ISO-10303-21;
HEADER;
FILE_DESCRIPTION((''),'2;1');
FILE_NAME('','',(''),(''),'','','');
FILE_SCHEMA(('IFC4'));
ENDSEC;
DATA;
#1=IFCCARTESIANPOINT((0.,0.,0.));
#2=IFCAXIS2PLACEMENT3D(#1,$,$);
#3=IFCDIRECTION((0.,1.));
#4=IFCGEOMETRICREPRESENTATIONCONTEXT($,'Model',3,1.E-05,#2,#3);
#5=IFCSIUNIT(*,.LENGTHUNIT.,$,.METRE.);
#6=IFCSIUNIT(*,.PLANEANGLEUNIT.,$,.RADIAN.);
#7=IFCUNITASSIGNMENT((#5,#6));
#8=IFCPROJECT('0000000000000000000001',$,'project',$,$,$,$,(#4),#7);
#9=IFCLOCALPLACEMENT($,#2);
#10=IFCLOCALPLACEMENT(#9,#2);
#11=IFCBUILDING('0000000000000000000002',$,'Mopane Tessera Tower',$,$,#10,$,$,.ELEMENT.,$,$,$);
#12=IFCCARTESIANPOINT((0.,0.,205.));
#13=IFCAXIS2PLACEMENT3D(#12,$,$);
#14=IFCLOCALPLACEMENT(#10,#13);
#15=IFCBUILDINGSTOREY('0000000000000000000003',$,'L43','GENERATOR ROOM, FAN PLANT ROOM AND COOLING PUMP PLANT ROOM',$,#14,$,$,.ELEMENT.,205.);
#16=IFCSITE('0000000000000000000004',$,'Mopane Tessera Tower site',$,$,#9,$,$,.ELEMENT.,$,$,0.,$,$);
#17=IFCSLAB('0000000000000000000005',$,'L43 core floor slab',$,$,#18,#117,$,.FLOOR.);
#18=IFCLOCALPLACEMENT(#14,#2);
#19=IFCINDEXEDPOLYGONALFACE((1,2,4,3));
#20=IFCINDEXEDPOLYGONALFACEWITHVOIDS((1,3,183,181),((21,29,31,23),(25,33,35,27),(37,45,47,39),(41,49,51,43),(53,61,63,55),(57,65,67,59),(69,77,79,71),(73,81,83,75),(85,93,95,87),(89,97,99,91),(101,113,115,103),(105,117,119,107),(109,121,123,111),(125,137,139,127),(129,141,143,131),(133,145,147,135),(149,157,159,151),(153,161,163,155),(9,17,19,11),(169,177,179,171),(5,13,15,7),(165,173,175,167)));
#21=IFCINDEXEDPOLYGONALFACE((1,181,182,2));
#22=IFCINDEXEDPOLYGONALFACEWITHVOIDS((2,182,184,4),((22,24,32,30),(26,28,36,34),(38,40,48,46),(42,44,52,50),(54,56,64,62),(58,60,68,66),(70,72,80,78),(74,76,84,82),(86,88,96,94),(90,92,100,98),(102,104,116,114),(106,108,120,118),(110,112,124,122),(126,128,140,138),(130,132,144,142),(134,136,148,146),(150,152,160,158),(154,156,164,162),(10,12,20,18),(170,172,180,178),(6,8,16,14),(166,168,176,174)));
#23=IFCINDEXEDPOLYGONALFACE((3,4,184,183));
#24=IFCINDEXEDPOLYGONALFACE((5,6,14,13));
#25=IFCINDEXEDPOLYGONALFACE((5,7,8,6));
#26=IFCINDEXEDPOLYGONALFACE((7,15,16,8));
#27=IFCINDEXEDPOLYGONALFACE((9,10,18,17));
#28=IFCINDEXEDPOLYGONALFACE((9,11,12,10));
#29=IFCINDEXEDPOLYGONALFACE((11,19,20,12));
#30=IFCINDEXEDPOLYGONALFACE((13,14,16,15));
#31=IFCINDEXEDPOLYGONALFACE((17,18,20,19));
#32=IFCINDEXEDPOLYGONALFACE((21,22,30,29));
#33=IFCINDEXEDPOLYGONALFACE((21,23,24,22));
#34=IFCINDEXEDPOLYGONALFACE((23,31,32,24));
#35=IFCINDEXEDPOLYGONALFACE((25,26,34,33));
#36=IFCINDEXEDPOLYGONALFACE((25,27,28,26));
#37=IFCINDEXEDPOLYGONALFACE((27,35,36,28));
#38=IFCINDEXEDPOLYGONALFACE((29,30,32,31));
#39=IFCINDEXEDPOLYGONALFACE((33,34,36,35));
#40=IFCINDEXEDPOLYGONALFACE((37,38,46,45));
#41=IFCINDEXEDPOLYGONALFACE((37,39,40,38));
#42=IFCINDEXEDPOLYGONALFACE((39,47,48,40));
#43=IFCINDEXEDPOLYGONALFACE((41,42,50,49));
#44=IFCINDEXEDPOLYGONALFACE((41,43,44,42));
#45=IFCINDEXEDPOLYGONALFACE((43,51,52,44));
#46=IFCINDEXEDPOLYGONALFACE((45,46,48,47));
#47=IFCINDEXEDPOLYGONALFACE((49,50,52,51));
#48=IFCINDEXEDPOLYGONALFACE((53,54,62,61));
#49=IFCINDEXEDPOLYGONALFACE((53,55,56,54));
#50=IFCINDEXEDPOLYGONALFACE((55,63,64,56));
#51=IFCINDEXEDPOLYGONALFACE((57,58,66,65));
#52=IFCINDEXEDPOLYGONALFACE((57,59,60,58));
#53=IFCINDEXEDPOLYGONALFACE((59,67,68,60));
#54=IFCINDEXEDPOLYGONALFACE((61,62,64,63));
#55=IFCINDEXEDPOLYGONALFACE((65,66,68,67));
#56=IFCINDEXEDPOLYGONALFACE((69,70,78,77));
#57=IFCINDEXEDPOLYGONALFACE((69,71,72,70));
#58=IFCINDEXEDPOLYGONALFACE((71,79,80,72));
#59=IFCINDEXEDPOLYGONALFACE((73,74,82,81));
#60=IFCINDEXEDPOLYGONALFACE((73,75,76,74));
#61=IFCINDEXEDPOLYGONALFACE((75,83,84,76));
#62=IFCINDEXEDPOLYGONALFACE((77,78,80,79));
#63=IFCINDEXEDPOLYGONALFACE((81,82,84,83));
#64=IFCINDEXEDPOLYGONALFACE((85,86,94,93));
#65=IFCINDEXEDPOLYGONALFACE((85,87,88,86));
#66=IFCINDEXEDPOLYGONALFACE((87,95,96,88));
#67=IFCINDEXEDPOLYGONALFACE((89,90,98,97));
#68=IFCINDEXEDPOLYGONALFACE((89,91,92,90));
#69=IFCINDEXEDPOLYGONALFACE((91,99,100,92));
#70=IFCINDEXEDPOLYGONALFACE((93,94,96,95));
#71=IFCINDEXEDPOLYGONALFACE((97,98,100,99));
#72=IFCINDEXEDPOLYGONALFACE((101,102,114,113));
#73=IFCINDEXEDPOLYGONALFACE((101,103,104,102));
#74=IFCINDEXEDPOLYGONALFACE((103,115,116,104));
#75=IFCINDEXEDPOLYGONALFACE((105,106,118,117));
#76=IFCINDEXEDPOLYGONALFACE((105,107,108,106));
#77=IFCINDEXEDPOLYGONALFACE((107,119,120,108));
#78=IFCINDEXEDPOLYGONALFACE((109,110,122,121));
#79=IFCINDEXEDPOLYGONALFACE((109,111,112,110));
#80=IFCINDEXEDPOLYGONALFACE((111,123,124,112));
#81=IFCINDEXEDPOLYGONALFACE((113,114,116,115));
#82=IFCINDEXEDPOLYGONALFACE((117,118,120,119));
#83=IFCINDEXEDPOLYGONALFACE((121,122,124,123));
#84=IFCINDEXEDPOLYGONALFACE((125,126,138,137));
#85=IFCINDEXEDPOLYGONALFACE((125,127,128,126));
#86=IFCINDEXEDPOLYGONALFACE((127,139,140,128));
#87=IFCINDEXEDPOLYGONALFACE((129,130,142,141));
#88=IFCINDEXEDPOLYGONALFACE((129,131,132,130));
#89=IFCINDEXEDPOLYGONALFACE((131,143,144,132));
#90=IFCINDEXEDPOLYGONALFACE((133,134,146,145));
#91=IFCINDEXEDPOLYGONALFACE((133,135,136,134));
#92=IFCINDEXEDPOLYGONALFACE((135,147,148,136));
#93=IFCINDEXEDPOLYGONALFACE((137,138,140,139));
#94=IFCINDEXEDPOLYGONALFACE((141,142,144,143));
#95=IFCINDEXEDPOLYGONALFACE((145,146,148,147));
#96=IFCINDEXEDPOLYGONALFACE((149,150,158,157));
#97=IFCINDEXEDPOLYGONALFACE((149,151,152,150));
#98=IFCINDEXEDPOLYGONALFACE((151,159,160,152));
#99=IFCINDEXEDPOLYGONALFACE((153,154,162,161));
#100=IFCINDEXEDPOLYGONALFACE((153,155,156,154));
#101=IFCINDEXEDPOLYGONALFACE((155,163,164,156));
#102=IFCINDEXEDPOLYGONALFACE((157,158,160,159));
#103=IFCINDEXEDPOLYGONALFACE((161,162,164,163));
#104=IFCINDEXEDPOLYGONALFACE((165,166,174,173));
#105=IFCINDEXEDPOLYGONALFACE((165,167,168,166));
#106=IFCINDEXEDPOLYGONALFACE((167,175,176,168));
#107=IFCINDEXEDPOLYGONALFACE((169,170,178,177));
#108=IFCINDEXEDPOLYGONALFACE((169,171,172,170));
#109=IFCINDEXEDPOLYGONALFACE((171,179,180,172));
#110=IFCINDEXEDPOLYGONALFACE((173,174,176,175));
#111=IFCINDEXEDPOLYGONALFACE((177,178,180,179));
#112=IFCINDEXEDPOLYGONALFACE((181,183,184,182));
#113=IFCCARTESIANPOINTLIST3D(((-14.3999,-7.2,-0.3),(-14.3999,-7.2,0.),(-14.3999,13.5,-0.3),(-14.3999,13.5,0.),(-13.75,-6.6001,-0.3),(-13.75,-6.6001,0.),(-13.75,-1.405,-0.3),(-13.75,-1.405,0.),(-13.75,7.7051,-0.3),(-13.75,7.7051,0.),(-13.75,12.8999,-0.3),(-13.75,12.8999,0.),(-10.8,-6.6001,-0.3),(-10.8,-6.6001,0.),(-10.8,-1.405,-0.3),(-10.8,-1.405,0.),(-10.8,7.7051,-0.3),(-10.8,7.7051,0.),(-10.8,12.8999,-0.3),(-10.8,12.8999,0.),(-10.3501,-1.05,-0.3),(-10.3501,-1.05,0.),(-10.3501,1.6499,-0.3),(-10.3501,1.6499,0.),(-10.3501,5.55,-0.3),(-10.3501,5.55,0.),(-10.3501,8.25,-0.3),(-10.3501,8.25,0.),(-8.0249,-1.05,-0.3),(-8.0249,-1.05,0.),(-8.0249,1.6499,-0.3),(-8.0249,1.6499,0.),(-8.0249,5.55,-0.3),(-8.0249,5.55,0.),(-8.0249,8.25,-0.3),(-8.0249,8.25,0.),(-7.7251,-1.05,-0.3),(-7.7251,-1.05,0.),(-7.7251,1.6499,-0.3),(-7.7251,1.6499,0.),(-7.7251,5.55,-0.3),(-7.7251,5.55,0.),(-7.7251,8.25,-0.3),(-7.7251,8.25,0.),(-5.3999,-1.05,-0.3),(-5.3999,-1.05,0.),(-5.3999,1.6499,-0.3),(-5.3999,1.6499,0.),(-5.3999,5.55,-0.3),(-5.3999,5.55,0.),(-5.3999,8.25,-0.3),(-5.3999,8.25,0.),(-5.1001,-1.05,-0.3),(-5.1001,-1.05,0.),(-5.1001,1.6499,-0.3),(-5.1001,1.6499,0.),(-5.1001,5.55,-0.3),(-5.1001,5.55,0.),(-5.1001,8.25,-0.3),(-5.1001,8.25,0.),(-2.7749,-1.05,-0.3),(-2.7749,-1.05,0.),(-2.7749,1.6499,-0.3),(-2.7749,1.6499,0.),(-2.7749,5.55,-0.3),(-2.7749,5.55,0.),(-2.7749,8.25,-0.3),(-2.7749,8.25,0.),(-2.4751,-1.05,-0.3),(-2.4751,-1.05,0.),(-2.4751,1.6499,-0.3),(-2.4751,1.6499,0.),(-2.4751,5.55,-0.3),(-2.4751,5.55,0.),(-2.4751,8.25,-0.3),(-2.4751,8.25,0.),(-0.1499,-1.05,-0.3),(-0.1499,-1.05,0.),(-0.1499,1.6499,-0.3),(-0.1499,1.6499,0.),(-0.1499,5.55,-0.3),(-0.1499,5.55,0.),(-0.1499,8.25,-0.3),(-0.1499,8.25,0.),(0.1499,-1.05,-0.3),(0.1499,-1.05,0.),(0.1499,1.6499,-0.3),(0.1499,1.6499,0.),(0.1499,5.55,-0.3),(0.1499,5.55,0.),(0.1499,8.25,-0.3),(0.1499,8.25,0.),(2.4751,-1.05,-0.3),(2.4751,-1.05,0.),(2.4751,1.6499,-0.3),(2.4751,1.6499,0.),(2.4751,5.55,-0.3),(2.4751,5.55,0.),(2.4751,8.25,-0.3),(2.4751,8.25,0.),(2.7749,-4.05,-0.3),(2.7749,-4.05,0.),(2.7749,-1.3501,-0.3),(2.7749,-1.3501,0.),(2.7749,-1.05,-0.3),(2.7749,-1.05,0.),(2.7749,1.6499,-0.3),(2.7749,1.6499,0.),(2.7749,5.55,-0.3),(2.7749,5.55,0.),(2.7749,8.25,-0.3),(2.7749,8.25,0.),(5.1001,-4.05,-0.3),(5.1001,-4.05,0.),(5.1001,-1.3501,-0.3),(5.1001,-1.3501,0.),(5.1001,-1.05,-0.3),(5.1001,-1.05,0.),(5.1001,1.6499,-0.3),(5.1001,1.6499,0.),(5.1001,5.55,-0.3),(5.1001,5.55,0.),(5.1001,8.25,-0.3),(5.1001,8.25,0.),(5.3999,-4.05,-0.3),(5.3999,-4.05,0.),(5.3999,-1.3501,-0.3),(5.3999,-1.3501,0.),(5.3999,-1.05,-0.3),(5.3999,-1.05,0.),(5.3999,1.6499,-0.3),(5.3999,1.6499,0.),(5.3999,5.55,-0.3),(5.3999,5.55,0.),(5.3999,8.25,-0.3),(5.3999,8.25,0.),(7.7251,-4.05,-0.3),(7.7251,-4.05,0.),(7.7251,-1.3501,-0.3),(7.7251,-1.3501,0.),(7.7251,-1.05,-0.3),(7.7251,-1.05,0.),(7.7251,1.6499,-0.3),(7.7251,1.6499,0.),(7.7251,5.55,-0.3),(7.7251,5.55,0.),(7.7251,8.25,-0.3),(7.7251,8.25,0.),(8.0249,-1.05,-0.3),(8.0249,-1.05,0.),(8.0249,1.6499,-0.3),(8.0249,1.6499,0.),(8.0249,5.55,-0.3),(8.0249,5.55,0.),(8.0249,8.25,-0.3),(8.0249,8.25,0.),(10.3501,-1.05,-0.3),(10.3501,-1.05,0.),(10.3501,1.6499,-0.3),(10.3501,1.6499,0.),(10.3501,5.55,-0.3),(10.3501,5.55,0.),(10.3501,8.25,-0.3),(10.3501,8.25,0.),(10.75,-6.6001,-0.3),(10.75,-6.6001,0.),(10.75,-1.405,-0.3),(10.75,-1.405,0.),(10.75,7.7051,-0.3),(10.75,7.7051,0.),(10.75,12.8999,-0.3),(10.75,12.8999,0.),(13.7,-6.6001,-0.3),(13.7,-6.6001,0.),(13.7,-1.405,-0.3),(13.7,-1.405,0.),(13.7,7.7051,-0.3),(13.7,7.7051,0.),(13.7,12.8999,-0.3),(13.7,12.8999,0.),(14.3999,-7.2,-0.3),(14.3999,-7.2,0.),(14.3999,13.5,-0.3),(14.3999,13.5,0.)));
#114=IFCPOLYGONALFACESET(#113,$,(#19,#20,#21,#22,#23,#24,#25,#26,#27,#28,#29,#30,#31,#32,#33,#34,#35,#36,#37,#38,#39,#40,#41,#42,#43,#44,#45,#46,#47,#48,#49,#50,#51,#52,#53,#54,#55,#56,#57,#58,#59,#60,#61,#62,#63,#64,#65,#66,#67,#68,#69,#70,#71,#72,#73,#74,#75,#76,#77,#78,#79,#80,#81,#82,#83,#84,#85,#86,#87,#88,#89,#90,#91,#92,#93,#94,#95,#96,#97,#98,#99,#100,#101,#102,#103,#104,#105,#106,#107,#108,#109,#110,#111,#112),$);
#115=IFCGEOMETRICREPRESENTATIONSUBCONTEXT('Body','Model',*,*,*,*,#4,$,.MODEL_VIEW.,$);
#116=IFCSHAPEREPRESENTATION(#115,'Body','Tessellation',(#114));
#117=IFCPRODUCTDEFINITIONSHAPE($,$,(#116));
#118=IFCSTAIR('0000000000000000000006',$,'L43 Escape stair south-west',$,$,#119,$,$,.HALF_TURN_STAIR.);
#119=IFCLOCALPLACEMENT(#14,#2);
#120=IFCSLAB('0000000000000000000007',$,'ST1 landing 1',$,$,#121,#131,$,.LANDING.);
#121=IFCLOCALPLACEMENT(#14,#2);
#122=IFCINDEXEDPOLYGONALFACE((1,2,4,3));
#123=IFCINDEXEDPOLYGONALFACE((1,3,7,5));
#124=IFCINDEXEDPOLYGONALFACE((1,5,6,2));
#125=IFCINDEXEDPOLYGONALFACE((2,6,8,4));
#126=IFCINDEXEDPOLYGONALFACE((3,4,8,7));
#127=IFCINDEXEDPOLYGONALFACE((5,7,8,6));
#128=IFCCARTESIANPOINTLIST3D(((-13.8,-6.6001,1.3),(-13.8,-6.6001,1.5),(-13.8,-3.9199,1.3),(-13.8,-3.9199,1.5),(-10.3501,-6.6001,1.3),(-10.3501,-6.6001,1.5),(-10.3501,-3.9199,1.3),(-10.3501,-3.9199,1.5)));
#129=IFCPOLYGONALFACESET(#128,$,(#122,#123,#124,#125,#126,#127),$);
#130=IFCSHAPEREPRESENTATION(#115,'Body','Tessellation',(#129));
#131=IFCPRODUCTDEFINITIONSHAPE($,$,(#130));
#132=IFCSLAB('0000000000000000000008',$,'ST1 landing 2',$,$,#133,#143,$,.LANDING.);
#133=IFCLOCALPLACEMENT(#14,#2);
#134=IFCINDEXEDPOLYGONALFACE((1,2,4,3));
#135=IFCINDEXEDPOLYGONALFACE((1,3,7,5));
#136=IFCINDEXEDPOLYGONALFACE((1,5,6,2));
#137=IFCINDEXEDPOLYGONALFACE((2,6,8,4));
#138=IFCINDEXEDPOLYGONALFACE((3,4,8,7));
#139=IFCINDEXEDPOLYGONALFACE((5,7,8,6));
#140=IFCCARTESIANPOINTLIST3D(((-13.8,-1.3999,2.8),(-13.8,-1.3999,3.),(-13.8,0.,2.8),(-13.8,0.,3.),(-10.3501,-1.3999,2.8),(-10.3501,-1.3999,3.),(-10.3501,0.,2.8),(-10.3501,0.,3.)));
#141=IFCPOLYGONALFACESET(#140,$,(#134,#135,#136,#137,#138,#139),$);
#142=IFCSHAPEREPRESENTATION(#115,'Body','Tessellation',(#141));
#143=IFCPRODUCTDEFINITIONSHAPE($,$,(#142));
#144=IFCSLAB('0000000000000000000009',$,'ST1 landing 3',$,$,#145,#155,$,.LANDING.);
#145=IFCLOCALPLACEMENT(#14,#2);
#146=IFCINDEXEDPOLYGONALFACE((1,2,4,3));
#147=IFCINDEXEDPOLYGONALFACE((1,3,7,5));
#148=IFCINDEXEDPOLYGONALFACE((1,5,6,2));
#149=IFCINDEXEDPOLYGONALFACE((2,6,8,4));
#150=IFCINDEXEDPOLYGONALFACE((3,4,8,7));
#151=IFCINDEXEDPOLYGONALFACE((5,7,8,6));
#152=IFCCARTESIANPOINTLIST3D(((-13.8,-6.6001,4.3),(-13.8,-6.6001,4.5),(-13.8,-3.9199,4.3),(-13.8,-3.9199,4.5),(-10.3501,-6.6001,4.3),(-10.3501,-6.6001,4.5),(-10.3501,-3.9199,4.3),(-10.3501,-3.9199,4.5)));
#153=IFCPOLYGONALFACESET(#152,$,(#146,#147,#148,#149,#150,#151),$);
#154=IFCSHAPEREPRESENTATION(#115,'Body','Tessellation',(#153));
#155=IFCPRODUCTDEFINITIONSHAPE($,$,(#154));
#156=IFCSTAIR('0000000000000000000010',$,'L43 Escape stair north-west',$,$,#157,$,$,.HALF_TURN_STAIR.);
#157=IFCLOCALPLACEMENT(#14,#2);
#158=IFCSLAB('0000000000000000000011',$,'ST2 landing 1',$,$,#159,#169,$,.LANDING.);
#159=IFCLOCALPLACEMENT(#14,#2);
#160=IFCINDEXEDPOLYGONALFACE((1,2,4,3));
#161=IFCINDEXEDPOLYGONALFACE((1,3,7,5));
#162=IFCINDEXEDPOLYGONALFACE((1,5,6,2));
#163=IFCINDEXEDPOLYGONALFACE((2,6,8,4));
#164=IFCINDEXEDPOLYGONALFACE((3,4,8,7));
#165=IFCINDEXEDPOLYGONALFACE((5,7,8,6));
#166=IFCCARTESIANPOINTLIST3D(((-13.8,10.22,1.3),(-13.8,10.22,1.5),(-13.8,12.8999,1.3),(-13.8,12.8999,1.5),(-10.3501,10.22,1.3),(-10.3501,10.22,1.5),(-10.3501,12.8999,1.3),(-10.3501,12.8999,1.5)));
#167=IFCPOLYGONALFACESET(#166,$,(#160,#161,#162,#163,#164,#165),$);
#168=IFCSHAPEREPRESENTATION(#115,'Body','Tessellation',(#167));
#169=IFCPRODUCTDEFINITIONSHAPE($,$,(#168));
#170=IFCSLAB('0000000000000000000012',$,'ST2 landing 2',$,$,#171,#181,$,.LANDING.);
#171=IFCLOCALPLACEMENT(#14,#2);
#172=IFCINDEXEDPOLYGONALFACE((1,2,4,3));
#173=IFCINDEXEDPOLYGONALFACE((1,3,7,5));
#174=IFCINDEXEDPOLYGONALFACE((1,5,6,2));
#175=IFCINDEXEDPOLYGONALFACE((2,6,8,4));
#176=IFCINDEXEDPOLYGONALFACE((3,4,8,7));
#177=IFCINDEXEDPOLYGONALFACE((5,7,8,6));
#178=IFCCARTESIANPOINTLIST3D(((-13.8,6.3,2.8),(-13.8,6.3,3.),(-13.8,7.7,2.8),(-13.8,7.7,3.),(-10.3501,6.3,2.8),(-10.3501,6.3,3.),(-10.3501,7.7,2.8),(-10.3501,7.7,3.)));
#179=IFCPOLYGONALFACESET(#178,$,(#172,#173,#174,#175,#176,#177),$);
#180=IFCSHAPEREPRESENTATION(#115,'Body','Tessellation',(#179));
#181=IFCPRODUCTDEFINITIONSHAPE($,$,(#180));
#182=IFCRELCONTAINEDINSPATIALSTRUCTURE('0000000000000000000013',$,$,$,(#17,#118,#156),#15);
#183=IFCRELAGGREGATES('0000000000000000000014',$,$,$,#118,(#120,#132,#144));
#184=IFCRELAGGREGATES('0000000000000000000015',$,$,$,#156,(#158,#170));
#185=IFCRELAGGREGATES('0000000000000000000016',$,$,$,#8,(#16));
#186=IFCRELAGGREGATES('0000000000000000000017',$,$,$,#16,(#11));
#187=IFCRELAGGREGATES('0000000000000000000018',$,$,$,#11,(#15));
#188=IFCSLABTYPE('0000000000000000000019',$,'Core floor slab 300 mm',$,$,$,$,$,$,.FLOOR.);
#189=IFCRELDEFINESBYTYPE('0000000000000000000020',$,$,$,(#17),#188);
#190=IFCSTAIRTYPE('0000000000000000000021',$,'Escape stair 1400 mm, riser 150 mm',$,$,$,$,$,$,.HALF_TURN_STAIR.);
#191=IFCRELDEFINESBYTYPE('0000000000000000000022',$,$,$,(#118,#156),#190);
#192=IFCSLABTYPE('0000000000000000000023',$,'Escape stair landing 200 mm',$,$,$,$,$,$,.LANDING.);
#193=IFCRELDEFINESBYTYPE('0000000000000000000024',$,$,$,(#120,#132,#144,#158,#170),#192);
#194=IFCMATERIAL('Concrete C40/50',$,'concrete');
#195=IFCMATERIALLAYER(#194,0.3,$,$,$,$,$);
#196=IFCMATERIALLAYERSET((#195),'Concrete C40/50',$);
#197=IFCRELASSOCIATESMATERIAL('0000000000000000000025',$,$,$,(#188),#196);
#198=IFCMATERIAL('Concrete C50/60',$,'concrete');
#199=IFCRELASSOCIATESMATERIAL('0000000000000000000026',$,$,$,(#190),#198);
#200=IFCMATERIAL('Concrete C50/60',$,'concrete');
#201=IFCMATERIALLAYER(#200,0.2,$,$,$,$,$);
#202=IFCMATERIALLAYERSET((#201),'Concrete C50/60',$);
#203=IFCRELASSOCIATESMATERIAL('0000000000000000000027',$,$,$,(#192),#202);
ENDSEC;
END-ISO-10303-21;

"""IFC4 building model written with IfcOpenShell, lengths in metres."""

from ifc_helpers import new_model, si_unit, direction, frame, origin, place, context, subcontext, project, spatial, polyline, outline, extrude, material, layer, layer_set, type_object, element, aggregate, save


model = new_model("IFC4")

# Units and contexts
model_context = context("Model", 3, precision=1e-05, world=origin(), true_north=direction((0.0, 1.0)))
body_context = subcontext(model_context, "Body", "Model", "MODEL_VIEW")
ifc_project = project(units=[si_unit("LENGTHUNIT", "METRE"), si_unit("PLANEANGLEUNIT", "RADIAN")], contexts=[model_context])

# Site, building, storey
site_placement = place(None, origin())
site = spatial("IfcSite", under=ifc_project, at=site_placement, Name="Mopane Tessera Tower site", CompositionType="ELEMENT", RefElevation=0.0)
building_placement = place(site_placement, origin())
building = spatial("IfcBuilding", under=site, at=building_placement, Name="Mopane Tessera Tower", CompositionType="ELEMENT")
storey_placement = place(building_placement, frame((0.0, 0.0, 205.0)))
storey = spatial("IfcBuildingStorey", under=building, at=storey_placement, Name="L43", Description="GENERATOR ROOM, FAN PLANT ROOM AND COOLING PUMP PLANT ROOM", CompositionType="ELEMENT", Elevation=205.0)

# Slab
ifc_material_1 = material(Name="Concrete C40/50", Category="concrete")
ifc_layer_1 = layer(ifc_material_1, 0.3)
ifc_layer_set_1 = layer_set([ifc_layer_1], Name="Concrete C40/50")
slab_type_1 = type_object("IfcSlabType", Name="Core floor slab 300 mm", PredefinedType="FLOOR", material=ifc_layer_set_1)
slab_1_placement = place(storey_placement, frame((0.0, 0.0, -0.3)))
element("IfcSlab", 1, at=slab_1_placement, inside=storey, type_object=slab_type_1, Name="L43 core floor slab", PredefinedType="FLOOR", context=body_context, shape_type="SweptSolid", body=[
    extrude(outline(polyline([(-14.3999, -7.2), (14.3999, -7.2), (14.3999, 13.5), (-14.3999, 13.5), (-14.3999, -7.2)]), holes=[polyline([(-10.3501, -1.05), (-8.0249, -1.05), (-8.0249, 1.6499), (-10.3501, 1.6499), (-10.3501, -1.05)]), polyline([(-7.7251, -1.05), (-5.3999, -1.05), (-5.3999, 1.6499), (-7.7251, 1.6499), (-7.7251, -1.05)]), polyline([(-5.1001, -1.05), (-2.7749, -1.05), (-2.7749, 1.6499), (-5.1001, 1.6499), (-5.1001, -1.05)]), polyline([(-2.4751, -1.05), (-0.1499, -1.05), (-0.1499, 1.6499), (-2.4751, 1.6499), (-2.4751, -1.05)]), polyline([(0.1499, -1.05), (2.4751, -1.05), (2.4751, 1.6499), (0.1499, 1.6499), (0.1499, -1.05)]), polyline([(2.7749, -1.05), (5.1001, -1.05), (5.1001, 1.6499), (2.7749, 1.6499), (2.7749, -1.05)]), polyline([(5.3999, -1.05), (7.7251, -1.05), (7.7251, 1.6499), (5.3999, 1.6499), (5.3999, -1.05)]), polyline([(8.0249, -1.05), (10.3501, -1.05), (10.3501, 1.6499), (8.0249, 1.6499), (8.0249, -1.05)]), polyline([(-10.3501, 5.55), (-8.0249, 5.55), (-8.0249, 8.25), (-10.3501, 8.25), (-10.3501, 5.55)]), polyline([(-7.7251, 5.55), (-5.3999, 5.55), (-5.3999, 8.25), (-7.7251, 8.25), (-7.7251, 5.55)]), polyline([(-5.1001, 5.55), (-2.7749, 5.55), (-2.7749, 8.25), (-5.1001, 8.25), (-5.1001, 5.55)]), polyline([(-2.4751, 5.55), (-0.1499, 5.55), (-0.1499, 8.25), (-2.4751, 8.25), (-2.4751, 5.55)]), polyline([(0.1499, 5.55), (2.4751, 5.55), (2.4751, 8.25), (0.1499, 8.25), (0.1499, 5.55)]), polyline([(2.7749, 5.55), (5.1001, 5.55), (5.1001, 8.25), (2.7749, 8.25), (2.7749, 5.55)]), polyline([(5.3999, 5.55), (7.7251, 5.55), (7.7251, 8.25), (5.3999, 8.25), (5.3999, 5.55)]), polyline([(8.0249, 5.55), (10.3501, 5.55), (10.3501, 8.25), (8.0249, 8.25), (8.0249, 5.55)]), polyline([(2.7749, -4.05), (5.1001, -4.05), (5.1001, -1.3501), (2.7749, -1.3501), (2.7749, -4.05)]), polyline([(5.3999, -4.05), (7.7251, -4.05), (7.7251, -1.3501), (5.3999, -1.3501), (5.3999, -4.05)]), polyline([(-13.75, -1.405), (-13.75, -6.6001), (-10.8, -6.6001), (-10.8, -1.405), (-13.75, -1.405)]), polyline([(-10.8, 7.7051), (-10.8, 12.8999), (-13.75, 12.8999), (-13.75, 7.7051), (-10.8, 7.7051)]), polyline([(10.75, -1.405), (10.75, -6.6001), (13.7, -6.6001), (13.7, -1.405), (10.75, -1.405)]), polyline([(13.7, 7.7051), (13.7, 12.8999), (10.75, 12.8999), (10.75, 7.7051), (13.7, 7.7051)])]), origin(), (0.0, 0.0, 1.0), 0.3),
])

# Stairs, slabs
ifc_material_2 = material(Name="Concrete C50/60", Category="concrete")
stair_type = type_object("IfcStairType", Name="Escape stair 1400 mm, riser 150 mm", PredefinedType="HALF_TURN_STAIR", material=ifc_material_2)
stair_1_placement = place(storey_placement, origin())
stair_1 = element("IfcStair", 2, at=stair_1_placement, inside=storey, type_object=stair_type, Name="L43 Escape stair south-west", PredefinedType="HALF_TURN_STAIR")
ifc_material_3 = material(Name="Concrete C50/60", Category="concrete")
ifc_layer_2 = layer(ifc_material_3, 0.2)
ifc_layer_set_2 = layer_set([ifc_layer_2], Name="Concrete C50/60")
slab_type_2 = type_object("IfcSlabType", Name="Escape stair landing 200 mm", PredefinedType="LANDING", material=ifc_layer_set_2)
slab_2_placement = place(storey_placement, frame((0.0, 0.0, 1.3)))
slab_2 = element("IfcSlab", 3, at=slab_2_placement, type_object=slab_type_2, Name="ST1 landing 1", PredefinedType="LANDING", context=body_context, shape_type="SweptSolid", body=[
    extrude(outline(polyline([(-13.8, -3.9199), (-13.8, -6.6001), (-10.3501, -6.6001), (-10.3501, -3.9199), (-13.8, -3.9199)])), origin(), (0.0, 0.0, 1.0), 0.2),
])
slab_3_placement = place(storey_placement, frame((0.0, 0.0, 2.8)))
slab_3 = element("IfcSlab", 4, at=slab_3_placement, type_object=slab_type_2, Name="ST1 landing 2", PredefinedType="LANDING", context=body_context, shape_type="SweptSolid", body=[
    extrude(outline(polyline([(-13.8, 0.0), (-13.8, -1.3999), (-10.3501, -1.3999), (-10.3501, 0.0), (-13.8, 0.0)])), origin(), (0.0, 0.0, 1.0), 0.2),
])
slab_4_placement = place(storey_placement, frame((0.0, 0.0, 4.3)))
slab_4 = element("IfcSlab", 5, at=slab_4_placement, type_object=slab_type_2, Name="ST1 landing 3", PredefinedType="LANDING", context=body_context, shape_type="SweptSolid", body=[
    extrude(outline(polyline([(-13.8, -3.9199), (-13.8, -6.6001), (-10.3501, -6.6001), (-10.3501, -3.9199), (-13.8, -3.9199)])), origin(), (0.0, 0.0, 1.0), 0.2),
])
aggregate(stair_1, [slab_2, slab_3, slab_4])
stair_2_placement = place(storey_placement, origin())
stair_2 = element("IfcStair", 6, at=stair_2_placement, inside=storey, type_object=stair_type, Name="L43 Escape stair north-west", PredefinedType="HALF_TURN_STAIR")
slab_5_placement = place(storey_placement, frame((0.0, 0.0, 1.3)))
slab_5 = element("IfcSlab", 7, at=slab_5_placement, type_object=slab_type_2, Name="ST2 landing 1", PredefinedType="LANDING", context=body_context, shape_type="SweptSolid", body=[
    extrude(outline(polyline([(-10.3501, 10.22), (-10.3501, 12.8999), (-13.8, 12.8999), (-13.8, 10.22), (-10.3501, 10.22)])), origin(), (0.0, 0.0, 1.0), 0.2),
])
slab_6_placement = place(storey_placement, frame((0.0, 0.0, 2.8)))
slab_6 = element("IfcSlab", 8, at=slab_6_placement, type_object=slab_type_2, Name="ST2 landing 2", PredefinedType="LANDING", context=body_context, shape_type="SweptSolid", body=[
    extrude(outline(polyline([(-10.3501, 6.3), (-10.3501, 7.7), (-13.8, 7.7), (-13.8, 6.3), (-10.3501, 6.3)])), origin(), (0.0, 0.0, 1.0), 0.2),
])
aggregate(stair_2, [slab_5, slab_6])

save(model, "model.ifc")
